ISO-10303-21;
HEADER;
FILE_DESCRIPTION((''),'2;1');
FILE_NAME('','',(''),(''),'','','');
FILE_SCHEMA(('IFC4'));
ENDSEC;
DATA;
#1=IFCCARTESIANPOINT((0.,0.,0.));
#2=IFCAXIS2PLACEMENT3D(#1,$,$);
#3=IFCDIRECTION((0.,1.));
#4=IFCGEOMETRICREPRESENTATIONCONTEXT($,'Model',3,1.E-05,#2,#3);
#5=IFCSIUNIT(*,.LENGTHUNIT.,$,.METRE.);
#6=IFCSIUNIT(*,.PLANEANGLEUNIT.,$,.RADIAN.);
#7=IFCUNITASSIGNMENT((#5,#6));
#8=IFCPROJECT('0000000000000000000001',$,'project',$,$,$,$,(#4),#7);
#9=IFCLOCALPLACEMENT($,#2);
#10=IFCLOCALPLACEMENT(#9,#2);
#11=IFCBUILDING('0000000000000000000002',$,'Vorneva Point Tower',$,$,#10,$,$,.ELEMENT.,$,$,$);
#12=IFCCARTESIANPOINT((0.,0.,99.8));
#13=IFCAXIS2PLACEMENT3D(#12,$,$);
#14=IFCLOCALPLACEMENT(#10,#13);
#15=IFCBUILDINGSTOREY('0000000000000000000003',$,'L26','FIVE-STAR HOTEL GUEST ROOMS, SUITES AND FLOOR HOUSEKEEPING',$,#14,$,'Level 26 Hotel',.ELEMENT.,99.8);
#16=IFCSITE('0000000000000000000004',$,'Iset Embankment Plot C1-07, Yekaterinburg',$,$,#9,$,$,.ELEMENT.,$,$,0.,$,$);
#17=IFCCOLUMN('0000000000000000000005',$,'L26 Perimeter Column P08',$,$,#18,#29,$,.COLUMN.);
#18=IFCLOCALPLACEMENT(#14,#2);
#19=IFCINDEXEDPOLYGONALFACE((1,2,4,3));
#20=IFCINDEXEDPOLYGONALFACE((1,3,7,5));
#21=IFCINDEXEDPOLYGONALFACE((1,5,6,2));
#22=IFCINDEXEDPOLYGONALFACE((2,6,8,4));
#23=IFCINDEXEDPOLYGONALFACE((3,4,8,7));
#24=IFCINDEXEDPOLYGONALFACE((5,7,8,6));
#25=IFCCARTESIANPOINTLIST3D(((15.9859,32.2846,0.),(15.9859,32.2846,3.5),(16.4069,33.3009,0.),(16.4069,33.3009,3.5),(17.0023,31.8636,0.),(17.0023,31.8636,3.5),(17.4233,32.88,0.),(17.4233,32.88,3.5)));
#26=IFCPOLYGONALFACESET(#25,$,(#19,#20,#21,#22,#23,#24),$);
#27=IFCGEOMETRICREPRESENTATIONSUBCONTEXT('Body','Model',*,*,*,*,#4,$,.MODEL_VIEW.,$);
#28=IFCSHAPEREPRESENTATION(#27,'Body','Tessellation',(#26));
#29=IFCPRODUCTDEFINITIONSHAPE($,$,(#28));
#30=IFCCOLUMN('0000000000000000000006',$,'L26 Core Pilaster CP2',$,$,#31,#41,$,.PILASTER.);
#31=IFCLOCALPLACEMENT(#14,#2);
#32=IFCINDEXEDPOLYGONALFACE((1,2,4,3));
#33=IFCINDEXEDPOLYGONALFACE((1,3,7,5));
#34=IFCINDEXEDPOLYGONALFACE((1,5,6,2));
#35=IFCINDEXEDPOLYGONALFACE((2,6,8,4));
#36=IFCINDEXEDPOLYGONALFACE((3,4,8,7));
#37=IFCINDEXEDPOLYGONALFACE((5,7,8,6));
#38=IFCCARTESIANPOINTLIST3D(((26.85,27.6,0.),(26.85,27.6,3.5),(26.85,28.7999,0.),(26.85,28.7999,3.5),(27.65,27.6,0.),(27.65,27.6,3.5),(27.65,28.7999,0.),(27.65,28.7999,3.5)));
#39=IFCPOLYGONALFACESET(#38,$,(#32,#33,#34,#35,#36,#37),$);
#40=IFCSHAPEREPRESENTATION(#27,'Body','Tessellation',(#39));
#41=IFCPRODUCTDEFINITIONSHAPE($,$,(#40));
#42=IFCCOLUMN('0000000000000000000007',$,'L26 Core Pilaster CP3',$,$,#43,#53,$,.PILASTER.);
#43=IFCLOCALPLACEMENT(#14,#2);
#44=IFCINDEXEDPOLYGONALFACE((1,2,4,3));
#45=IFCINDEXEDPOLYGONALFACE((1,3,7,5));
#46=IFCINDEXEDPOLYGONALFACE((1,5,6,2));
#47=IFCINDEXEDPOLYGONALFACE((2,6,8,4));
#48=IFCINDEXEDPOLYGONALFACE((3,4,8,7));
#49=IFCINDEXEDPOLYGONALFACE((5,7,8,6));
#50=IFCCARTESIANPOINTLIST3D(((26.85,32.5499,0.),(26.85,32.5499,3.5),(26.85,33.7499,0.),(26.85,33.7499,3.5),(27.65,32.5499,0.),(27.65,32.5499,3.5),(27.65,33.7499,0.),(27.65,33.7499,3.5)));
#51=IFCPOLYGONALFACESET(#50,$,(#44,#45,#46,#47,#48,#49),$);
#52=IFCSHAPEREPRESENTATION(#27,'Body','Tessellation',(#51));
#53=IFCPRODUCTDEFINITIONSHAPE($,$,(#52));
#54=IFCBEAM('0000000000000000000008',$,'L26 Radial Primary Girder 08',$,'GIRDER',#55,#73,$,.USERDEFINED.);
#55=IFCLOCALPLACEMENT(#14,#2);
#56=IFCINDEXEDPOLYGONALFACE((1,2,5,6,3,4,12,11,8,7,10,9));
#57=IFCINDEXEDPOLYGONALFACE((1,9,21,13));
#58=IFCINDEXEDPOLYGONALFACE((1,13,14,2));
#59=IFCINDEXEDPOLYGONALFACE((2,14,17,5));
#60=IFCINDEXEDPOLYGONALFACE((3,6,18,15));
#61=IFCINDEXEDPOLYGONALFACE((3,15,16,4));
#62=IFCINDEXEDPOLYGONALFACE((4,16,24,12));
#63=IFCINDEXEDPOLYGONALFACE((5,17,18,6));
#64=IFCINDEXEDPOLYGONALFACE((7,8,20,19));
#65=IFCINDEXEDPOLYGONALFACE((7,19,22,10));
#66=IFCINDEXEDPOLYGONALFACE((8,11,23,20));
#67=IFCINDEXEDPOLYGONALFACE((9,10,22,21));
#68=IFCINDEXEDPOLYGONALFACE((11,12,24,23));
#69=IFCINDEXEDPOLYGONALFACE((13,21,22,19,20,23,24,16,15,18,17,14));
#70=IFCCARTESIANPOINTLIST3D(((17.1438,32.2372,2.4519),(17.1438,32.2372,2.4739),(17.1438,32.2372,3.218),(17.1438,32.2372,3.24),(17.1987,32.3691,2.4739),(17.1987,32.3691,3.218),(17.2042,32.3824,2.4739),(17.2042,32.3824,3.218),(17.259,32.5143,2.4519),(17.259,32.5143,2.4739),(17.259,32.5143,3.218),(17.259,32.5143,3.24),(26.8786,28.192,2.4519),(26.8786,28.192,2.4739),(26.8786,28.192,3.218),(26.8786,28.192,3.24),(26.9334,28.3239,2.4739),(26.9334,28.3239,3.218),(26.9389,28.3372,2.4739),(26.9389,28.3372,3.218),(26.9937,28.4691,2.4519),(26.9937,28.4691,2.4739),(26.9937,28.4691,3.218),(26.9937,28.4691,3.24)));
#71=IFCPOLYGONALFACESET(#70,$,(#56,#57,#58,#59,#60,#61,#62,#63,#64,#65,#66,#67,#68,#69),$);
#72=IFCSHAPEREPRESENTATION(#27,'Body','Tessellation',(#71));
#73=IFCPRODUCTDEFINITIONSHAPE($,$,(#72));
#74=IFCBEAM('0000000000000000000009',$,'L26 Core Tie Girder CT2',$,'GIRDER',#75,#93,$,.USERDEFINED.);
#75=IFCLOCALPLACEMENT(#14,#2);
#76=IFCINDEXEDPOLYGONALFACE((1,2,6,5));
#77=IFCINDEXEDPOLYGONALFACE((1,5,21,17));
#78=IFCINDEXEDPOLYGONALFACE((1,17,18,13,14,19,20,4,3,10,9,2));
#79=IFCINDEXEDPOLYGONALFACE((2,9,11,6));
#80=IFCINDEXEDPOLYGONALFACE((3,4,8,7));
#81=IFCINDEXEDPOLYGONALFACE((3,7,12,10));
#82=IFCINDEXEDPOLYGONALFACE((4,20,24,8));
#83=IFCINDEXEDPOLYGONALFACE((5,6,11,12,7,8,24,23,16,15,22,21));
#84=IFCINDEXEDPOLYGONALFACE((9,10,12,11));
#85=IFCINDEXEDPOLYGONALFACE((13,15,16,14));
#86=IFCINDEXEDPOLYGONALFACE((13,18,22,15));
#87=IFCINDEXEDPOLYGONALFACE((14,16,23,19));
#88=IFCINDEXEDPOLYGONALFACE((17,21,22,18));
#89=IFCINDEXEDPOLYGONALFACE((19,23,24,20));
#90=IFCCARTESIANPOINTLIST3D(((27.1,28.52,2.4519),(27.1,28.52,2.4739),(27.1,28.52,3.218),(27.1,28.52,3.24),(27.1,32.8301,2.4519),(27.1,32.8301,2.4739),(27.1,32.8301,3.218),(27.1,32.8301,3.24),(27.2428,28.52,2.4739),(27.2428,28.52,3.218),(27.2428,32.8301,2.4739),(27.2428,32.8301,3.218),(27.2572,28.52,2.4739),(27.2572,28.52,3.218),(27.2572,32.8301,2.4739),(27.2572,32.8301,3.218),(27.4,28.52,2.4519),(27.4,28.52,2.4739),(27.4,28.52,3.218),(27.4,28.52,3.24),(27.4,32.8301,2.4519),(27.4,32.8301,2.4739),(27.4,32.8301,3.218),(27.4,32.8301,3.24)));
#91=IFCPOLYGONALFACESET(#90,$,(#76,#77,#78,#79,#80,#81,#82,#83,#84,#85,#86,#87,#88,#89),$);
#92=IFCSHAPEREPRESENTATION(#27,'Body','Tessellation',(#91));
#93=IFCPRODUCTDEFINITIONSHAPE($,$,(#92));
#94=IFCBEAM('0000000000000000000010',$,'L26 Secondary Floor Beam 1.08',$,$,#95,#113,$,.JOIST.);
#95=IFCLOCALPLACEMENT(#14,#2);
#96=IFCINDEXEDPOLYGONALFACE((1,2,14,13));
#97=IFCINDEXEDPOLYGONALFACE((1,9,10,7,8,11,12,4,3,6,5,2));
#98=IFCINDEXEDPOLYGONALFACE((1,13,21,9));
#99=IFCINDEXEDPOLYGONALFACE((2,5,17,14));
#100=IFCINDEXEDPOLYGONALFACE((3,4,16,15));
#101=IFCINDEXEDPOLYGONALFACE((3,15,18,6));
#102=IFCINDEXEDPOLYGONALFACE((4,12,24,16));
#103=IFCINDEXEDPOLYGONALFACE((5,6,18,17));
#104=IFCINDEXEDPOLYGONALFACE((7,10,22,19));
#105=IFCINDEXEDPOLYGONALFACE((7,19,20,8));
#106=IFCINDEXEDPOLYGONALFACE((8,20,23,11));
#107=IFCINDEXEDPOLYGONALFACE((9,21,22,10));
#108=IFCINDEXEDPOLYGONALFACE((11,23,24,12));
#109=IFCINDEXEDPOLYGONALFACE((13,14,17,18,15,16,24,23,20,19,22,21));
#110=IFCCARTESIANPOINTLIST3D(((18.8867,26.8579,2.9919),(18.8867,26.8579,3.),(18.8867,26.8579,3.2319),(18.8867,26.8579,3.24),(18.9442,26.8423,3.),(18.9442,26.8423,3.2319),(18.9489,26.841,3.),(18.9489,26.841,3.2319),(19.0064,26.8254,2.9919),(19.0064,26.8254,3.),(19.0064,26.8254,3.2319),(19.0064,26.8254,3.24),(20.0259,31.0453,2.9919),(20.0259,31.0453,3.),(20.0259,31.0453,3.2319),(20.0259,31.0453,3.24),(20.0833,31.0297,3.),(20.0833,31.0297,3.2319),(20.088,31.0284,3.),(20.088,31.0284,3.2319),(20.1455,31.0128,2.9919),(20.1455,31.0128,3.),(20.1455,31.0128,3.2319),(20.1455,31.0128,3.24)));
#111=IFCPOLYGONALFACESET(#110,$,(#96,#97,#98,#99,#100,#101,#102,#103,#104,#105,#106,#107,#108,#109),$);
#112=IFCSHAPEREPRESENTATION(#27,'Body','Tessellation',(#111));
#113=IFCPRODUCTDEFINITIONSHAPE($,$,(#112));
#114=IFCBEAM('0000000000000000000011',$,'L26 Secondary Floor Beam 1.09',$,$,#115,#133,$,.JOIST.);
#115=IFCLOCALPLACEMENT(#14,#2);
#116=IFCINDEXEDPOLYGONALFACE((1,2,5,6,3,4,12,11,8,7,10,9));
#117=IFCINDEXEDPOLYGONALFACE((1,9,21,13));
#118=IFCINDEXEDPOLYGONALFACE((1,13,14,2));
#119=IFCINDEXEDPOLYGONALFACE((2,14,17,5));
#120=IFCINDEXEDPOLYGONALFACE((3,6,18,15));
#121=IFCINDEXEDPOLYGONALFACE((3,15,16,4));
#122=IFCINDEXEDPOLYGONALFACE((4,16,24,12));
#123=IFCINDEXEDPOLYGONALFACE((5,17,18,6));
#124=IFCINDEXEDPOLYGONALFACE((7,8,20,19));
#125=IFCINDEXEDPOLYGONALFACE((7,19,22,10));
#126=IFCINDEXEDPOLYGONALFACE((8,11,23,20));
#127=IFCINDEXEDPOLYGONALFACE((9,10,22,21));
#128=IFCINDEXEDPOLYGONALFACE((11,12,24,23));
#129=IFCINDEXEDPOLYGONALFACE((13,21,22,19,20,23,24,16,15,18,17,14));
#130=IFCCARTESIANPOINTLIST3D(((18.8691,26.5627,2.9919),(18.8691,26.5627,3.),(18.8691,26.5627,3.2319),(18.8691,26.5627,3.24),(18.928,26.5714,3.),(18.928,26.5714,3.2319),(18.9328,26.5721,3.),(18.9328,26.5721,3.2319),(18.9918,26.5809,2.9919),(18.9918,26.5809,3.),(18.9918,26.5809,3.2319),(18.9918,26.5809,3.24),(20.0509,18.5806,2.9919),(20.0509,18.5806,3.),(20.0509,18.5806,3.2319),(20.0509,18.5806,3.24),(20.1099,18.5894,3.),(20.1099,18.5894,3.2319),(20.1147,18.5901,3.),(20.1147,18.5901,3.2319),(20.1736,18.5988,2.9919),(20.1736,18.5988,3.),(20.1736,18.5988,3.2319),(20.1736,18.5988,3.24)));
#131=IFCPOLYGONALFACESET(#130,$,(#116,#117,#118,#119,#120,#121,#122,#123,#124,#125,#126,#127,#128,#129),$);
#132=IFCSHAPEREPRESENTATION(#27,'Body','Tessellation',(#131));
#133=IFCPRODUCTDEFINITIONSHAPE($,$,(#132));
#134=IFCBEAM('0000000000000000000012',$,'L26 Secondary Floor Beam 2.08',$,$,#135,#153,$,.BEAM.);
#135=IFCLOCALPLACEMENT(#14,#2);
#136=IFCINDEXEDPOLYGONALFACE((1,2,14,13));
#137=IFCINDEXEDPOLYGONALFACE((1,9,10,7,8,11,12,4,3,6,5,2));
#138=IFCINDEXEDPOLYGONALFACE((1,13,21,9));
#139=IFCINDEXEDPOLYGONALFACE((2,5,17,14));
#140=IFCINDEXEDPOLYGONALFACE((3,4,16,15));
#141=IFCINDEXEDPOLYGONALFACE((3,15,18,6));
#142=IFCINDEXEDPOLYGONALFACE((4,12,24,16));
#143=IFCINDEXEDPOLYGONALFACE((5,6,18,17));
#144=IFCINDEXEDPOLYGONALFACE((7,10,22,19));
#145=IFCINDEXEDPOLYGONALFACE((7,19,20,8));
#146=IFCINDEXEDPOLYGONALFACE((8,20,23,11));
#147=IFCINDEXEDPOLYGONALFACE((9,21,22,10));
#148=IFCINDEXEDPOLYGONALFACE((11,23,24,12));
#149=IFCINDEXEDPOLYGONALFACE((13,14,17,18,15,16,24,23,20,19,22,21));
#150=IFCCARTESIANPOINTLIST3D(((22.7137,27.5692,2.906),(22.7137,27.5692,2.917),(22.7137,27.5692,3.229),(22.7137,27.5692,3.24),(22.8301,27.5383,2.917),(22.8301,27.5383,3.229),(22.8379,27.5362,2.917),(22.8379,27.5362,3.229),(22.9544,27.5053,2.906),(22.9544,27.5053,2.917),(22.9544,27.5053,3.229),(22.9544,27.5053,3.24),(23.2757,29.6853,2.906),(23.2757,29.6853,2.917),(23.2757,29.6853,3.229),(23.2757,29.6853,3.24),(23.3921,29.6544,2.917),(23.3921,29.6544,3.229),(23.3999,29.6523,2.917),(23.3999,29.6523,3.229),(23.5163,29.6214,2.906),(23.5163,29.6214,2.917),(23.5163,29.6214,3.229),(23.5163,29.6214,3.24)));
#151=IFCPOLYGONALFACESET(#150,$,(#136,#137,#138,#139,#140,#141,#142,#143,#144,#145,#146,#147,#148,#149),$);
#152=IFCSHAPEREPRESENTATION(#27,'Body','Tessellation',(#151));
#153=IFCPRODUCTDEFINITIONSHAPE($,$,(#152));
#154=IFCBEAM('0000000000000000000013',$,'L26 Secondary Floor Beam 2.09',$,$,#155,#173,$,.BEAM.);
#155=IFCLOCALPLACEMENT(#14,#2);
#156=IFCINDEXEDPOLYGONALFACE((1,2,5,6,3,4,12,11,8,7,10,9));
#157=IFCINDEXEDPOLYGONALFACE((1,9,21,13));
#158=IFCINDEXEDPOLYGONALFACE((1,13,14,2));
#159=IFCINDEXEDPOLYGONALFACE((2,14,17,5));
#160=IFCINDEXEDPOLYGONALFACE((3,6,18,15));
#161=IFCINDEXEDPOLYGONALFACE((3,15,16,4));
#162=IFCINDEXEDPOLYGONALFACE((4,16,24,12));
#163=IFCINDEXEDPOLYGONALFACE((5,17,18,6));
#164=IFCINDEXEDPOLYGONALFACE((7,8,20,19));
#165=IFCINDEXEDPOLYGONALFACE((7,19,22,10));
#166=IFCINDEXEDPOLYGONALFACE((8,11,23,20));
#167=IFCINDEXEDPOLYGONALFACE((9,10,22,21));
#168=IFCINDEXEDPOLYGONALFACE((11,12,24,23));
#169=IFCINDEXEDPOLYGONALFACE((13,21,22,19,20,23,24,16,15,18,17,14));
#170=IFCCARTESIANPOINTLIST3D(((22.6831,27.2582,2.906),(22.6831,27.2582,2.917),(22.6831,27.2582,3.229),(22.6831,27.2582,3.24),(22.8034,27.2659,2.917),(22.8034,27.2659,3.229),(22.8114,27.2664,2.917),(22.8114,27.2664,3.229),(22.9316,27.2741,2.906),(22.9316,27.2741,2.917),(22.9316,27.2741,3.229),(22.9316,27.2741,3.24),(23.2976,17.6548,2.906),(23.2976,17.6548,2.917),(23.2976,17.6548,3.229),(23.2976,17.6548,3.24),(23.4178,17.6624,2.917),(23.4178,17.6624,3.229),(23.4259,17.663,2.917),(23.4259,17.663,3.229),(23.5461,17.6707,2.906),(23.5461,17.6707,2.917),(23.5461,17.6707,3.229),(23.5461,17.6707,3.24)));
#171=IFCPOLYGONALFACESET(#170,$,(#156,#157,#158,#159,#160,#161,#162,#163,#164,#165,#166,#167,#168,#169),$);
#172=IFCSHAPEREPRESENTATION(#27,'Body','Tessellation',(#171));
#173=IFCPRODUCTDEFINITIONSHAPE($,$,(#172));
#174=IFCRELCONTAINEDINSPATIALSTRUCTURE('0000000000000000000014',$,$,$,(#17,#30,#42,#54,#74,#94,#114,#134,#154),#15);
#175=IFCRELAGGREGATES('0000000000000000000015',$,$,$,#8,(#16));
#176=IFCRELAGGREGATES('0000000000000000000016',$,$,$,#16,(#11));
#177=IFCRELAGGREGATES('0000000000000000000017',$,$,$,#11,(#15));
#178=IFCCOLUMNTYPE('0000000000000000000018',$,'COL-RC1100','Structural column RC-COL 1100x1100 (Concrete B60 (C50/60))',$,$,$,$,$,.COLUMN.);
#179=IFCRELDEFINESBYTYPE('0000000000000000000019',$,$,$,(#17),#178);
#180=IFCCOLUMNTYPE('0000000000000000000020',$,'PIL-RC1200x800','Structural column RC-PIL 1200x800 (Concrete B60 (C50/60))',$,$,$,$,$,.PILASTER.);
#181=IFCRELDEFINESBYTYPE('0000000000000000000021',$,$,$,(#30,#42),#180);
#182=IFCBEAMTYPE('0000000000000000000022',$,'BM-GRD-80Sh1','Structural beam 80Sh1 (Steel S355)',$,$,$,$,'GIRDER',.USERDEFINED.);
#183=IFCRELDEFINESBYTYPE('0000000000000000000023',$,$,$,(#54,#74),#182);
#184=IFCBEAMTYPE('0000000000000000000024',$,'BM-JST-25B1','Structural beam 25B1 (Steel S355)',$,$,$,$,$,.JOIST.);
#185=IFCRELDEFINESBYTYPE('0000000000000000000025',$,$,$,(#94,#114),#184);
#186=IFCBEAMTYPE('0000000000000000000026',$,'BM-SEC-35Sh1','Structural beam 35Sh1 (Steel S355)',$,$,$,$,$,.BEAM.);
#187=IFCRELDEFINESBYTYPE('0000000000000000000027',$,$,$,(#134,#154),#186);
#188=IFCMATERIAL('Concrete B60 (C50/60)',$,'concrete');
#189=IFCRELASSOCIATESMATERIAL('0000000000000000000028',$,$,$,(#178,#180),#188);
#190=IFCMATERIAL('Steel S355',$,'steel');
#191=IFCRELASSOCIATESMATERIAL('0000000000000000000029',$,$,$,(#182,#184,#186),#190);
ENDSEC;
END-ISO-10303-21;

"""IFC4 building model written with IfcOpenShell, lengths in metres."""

from ifc_helpers import new_model, si_unit, direction, frame, origin, origin_2d, place, context, subcontext, project, spatial, rectangle, i_section, extrude, material, material_profile, profile_set, type_object, element, save


model = new_model("IFC4")

# Units and contexts
model_context = context("Model", 3, precision=1e-05, world=origin(), true_north=direction((0.0, 1.0)))
body_context = subcontext(model_context, "Body", "Model", "MODEL_VIEW")
ifc_project = project(units=[si_unit("LENGTHUNIT", "METRE"), si_unit("PLANEANGLEUNIT", "RADIAN")], contexts=[model_context])

# Site, building, storey
site_placement = place(None, origin())
site = spatial("IfcSite", under=ifc_project, at=site_placement, Name="Iset Embankment Plot C1-07, Yekaterinburg", CompositionType="ELEMENT", RefElevation=0.0)
building_placement = place(site_placement, origin())
building = spatial("IfcBuilding", under=site, at=building_placement, Name="Vorneva Point Tower", CompositionType="ELEMENT")
storey_placement = place(building_placement, frame((0.0, 0.0, 99.8)))
storey = spatial("IfcBuildingStorey", under=building, at=storey_placement, Name="L26", Description="FIVE-STAR HOTEL GUEST ROOMS, SUITES AND FLOOR HOUSEKEEPING", LongName="Level 26 Hotel", CompositionType="ELEMENT", Elevation=99.8)

# Columns
ifc_material_1 = material(Name="Concrete B60 (C50/60)", Category="concrete")
ifc_material_profile_1 = material_profile(ifc_material_1, rectangle(XDim=1.1001, YDim=1.1001, at=origin_2d()), Name="RC-COL 1100x1100")
ifc_profile_set_1 = profile_set([ifc_material_profile_1], Name="Concrete B60 (C50/60)")
column_type_1 = type_object("IfcColumnType", Name="COL-RC1100", Description="Structural column RC-COL 1100x1100 (Concrete B60 (C50/60))", PredefinedType="COLUMN", material=ifc_profile_set_1)
column_placement = place(storey_placement, frame((16.7046, 32.5823, 0.0), z_axis=(0.0, 0.0, 1.0), x_axis=(-0.92388, 0.382683, 0.0)))
element("IfcColumn", 1, at=column_placement, inside=storey, type_object=column_type_1, Name="L26 Perimeter Column P08", PredefinedType="COLUMN", context=body_context, shape_type="SweptSolid", body=[
    extrude(rectangle(XDim=1.1001, YDim=1.1001, at=origin_2d()), origin(), (0.0, 0.0, 1.0), 3.5),
])
ifc_material_profile_2 = material_profile(ifc_material_1, rectangle(XDim=0.8, YDim=1.2, at=origin_2d()), Name="RC-PIL 1200x800")
ifc_profile_set_2 = profile_set([ifc_material_profile_2], Name="Concrete B60 (C50/60)")
column_type_2 = type_object("IfcColumnType", Name="PIL-RC1200x800", Description="Structural column RC-PIL 1200x800 (Concrete B60 (C50/60))", PredefinedType="PILASTER", material=ifc_profile_set_2)
for number, where, z_axis, x_axis, name in (
    (2, (27.25, 28.2, 0.0), (0.0, 0.0, 1.0), (1.0, 0.0, 0.0), "L26 Core Pilaster CP2"),
    (3, (27.25, 33.1499, 0.0), (0.0, 0.0, 1.0), (1.0, 0.0, 0.0), "L26 Core Pilaster CP3"),
):
    element("IfcColumn", number, at=place(storey_placement, frame(where, z_axis=z_axis, x_axis=x_axis)), inside=storey, type_object=column_type_2, Name=name, PredefinedType="PILASTER", context=body_context, shape_type="SweptSolid", body=[
        extrude(rectangle(XDim=0.8, YDim=1.2, at=origin_2d()), origin(), (0.0, 0.0, 1.0), 3.5),
    ])

# Beams
ifc_material_2 = material(Name="Steel S355", Category="steel")
ifc_material_profile_3 = material_profile(ifc_material_2, i_section(OverallWidth=0.3, OverallDepth=0.7881, WebThickness=0.0144, FlangeThickness=0.022, at=origin_2d()), Name="80Sh1")
ifc_profile_set_3 = profile_set([ifc_material_profile_3], Name="Steel S355")
beam_type_1 = type_object("IfcBeamType", Name="BM-GRD-80Sh1", Description="Structural beam 80Sh1 (Steel S355)", ElementType="GIRDER", PredefinedType="USERDEFINED", material=ifc_profile_set_3)
beam_1_placement = place(storey_placement, frame((17.2014, 32.3757, 2.8459), z_axis=(0.923444, -0.383732, 0.0), x_axis=(0.383732, 0.923444, 0.0)))
element("IfcBeam", 4, at=beam_1_placement, inside=storey, type_object=beam_type_1, Name="L26 Radial Primary Girder 08", ObjectType="GIRDER", PredefinedType="USERDEFINED", context=body_context, shape_type="SweptSolid", body=[
    extrude(i_section(OverallWidth=0.3, OverallDepth=0.7881, WebThickness=0.0144, FlangeThickness=0.022, at=origin_2d()), origin(), (0.0, 0.0, 1.0), 10.5417),
])
beam_2_placement = place(storey_placement, frame((27.25, 28.52, 2.8459), z_axis=(0.0, 1.0, 0.0), x_axis=(-1.0, 0.0, 0.0)))
element("IfcBeam", 5, at=beam_2_placement, inside=storey, type_object=beam_type_1, Name="L26 Core Tie Girder CT2", ObjectType="GIRDER", PredefinedType="USERDEFINED", context=body_context, shape_type="SweptSolid", body=[
    extrude(i_section(OverallWidth=0.3, OverallDepth=0.7881, WebThickness=0.0144, FlangeThickness=0.022, at=origin_2d()), origin(), (0.0, 0.0, 1.0), 4.3101),
])
ifc_material_profile_4 = material_profile(ifc_material_2, i_section(OverallWidth=0.124, OverallDepth=0.248, WebThickness=0.0049, FlangeThickness=0.0081, at=origin_2d()), Name="25B1")
ifc_profile_set_4 = profile_set([ifc_material_profile_4], Name="Steel S355")
beam_type_2 = type_object("IfcBeamType", Name="BM-JST-25B1", Description="Structural beam 25B1 (Steel S355)", PredefinedType="JOIST", material=ifc_profile_set_4)
beam_3_placement = place(storey_placement, frame((20.0857, 31.0291, 3.116), z_axis=(-0.262499, -0.964932, 0.0), x_axis=(0.964932, -0.262499, 0.0)))
element("IfcBeam", 6, at=beam_3_placement, inside=storey, type_object=beam_type_2, Name="L26 Secondary Floor Beam 1.08", PredefinedType="JOIST", context=body_context, shape_type="SweptSolid", body=[
    extrude(i_section(OverallWidth=0.124, OverallDepth=0.248, WebThickness=0.0049, FlangeThickness=0.0081, at=origin_2d()), origin(), (0.0, 0.0, 1.0), 4.3396),
])
beam_4_placement = place(storey_placement, frame((18.9304, 26.5718, 3.116), z_axis=(0.146469, -0.989215, 0.0), x_axis=(0.989215, 0.146469, 0.0)))
element("IfcBeam", 7, at=beam_4_placement, inside=storey, type_object=beam_type_2, Name="L26 Secondary Floor Beam 1.09", PredefinedType="JOIST", context=body_context, shape_type="SweptSolid", body=[
    extrude(i_section(OverallWidth=0.124, OverallDepth=0.248, WebThickness=0.0049, FlangeThickness=0.0081, at=origin_2d()), origin(), (0.0, 0.0, 1.0), 8.0691),
])
ifc_material_profile_5 = material_profile(ifc_material_2, i_section(OverallWidth=0.249, OverallDepth=0.334, WebThickness=0.0081, FlangeThickness=0.011, at=origin_2d()), Name="35Sh1")
ifc_profile_set_5 = profile_set([ifc_material_profile_5], Name="Steel S355")
beam_type_3 = type_object("IfcBeamType", Name="BM-SEC-35Sh1", Description="Structural beam 35Sh1 (Steel S355)", PredefinedType="BEAM", material=ifc_profile_set_5)
beam_5_placement = place(storey_placement, frame((23.396, 29.6533, 3.073), z_axis=(-0.256677, -0.966497, 0.0), x_axis=(0.966497, -0.256677, 0.0)))
element("IfcBeam", 8, at=beam_5_placement, inside=storey, type_object=beam_type_3, Name="L26 Secondary Floor Beam 2.08", PredefinedType="BEAM", context=body_context, shape_type="SweptSolid", body=[
    extrude(i_section(OverallWidth=0.249, OverallDepth=0.334, WebThickness=0.0081, FlangeThickness=0.011, at=origin_2d()), origin(), (0.0, 0.0, 1.0), 2.1895),
])
beam_6_placement = place(storey_placement, frame((22.8074, 27.2661, 3.073), z_axis=(0.063857, -0.997959, 0.0), x_axis=(0.997959, 0.063857, 0.0)))
element("IfcBeam", 9, at=beam_6_placement, inside=storey, type_object=beam_type_3, Name="L26 Secondary Floor Beam 2.09", PredefinedType="BEAM", context=body_context, shape_type="SweptSolid", body=[
    extrude(i_section(OverallWidth=0.249, OverallDepth=0.334, WebThickness=0.0081, FlangeThickness=0.011, at=origin_2d()), origin(), (0.0, 0.0, 1.0), 9.623),
])

save(model, "model.ifc")
